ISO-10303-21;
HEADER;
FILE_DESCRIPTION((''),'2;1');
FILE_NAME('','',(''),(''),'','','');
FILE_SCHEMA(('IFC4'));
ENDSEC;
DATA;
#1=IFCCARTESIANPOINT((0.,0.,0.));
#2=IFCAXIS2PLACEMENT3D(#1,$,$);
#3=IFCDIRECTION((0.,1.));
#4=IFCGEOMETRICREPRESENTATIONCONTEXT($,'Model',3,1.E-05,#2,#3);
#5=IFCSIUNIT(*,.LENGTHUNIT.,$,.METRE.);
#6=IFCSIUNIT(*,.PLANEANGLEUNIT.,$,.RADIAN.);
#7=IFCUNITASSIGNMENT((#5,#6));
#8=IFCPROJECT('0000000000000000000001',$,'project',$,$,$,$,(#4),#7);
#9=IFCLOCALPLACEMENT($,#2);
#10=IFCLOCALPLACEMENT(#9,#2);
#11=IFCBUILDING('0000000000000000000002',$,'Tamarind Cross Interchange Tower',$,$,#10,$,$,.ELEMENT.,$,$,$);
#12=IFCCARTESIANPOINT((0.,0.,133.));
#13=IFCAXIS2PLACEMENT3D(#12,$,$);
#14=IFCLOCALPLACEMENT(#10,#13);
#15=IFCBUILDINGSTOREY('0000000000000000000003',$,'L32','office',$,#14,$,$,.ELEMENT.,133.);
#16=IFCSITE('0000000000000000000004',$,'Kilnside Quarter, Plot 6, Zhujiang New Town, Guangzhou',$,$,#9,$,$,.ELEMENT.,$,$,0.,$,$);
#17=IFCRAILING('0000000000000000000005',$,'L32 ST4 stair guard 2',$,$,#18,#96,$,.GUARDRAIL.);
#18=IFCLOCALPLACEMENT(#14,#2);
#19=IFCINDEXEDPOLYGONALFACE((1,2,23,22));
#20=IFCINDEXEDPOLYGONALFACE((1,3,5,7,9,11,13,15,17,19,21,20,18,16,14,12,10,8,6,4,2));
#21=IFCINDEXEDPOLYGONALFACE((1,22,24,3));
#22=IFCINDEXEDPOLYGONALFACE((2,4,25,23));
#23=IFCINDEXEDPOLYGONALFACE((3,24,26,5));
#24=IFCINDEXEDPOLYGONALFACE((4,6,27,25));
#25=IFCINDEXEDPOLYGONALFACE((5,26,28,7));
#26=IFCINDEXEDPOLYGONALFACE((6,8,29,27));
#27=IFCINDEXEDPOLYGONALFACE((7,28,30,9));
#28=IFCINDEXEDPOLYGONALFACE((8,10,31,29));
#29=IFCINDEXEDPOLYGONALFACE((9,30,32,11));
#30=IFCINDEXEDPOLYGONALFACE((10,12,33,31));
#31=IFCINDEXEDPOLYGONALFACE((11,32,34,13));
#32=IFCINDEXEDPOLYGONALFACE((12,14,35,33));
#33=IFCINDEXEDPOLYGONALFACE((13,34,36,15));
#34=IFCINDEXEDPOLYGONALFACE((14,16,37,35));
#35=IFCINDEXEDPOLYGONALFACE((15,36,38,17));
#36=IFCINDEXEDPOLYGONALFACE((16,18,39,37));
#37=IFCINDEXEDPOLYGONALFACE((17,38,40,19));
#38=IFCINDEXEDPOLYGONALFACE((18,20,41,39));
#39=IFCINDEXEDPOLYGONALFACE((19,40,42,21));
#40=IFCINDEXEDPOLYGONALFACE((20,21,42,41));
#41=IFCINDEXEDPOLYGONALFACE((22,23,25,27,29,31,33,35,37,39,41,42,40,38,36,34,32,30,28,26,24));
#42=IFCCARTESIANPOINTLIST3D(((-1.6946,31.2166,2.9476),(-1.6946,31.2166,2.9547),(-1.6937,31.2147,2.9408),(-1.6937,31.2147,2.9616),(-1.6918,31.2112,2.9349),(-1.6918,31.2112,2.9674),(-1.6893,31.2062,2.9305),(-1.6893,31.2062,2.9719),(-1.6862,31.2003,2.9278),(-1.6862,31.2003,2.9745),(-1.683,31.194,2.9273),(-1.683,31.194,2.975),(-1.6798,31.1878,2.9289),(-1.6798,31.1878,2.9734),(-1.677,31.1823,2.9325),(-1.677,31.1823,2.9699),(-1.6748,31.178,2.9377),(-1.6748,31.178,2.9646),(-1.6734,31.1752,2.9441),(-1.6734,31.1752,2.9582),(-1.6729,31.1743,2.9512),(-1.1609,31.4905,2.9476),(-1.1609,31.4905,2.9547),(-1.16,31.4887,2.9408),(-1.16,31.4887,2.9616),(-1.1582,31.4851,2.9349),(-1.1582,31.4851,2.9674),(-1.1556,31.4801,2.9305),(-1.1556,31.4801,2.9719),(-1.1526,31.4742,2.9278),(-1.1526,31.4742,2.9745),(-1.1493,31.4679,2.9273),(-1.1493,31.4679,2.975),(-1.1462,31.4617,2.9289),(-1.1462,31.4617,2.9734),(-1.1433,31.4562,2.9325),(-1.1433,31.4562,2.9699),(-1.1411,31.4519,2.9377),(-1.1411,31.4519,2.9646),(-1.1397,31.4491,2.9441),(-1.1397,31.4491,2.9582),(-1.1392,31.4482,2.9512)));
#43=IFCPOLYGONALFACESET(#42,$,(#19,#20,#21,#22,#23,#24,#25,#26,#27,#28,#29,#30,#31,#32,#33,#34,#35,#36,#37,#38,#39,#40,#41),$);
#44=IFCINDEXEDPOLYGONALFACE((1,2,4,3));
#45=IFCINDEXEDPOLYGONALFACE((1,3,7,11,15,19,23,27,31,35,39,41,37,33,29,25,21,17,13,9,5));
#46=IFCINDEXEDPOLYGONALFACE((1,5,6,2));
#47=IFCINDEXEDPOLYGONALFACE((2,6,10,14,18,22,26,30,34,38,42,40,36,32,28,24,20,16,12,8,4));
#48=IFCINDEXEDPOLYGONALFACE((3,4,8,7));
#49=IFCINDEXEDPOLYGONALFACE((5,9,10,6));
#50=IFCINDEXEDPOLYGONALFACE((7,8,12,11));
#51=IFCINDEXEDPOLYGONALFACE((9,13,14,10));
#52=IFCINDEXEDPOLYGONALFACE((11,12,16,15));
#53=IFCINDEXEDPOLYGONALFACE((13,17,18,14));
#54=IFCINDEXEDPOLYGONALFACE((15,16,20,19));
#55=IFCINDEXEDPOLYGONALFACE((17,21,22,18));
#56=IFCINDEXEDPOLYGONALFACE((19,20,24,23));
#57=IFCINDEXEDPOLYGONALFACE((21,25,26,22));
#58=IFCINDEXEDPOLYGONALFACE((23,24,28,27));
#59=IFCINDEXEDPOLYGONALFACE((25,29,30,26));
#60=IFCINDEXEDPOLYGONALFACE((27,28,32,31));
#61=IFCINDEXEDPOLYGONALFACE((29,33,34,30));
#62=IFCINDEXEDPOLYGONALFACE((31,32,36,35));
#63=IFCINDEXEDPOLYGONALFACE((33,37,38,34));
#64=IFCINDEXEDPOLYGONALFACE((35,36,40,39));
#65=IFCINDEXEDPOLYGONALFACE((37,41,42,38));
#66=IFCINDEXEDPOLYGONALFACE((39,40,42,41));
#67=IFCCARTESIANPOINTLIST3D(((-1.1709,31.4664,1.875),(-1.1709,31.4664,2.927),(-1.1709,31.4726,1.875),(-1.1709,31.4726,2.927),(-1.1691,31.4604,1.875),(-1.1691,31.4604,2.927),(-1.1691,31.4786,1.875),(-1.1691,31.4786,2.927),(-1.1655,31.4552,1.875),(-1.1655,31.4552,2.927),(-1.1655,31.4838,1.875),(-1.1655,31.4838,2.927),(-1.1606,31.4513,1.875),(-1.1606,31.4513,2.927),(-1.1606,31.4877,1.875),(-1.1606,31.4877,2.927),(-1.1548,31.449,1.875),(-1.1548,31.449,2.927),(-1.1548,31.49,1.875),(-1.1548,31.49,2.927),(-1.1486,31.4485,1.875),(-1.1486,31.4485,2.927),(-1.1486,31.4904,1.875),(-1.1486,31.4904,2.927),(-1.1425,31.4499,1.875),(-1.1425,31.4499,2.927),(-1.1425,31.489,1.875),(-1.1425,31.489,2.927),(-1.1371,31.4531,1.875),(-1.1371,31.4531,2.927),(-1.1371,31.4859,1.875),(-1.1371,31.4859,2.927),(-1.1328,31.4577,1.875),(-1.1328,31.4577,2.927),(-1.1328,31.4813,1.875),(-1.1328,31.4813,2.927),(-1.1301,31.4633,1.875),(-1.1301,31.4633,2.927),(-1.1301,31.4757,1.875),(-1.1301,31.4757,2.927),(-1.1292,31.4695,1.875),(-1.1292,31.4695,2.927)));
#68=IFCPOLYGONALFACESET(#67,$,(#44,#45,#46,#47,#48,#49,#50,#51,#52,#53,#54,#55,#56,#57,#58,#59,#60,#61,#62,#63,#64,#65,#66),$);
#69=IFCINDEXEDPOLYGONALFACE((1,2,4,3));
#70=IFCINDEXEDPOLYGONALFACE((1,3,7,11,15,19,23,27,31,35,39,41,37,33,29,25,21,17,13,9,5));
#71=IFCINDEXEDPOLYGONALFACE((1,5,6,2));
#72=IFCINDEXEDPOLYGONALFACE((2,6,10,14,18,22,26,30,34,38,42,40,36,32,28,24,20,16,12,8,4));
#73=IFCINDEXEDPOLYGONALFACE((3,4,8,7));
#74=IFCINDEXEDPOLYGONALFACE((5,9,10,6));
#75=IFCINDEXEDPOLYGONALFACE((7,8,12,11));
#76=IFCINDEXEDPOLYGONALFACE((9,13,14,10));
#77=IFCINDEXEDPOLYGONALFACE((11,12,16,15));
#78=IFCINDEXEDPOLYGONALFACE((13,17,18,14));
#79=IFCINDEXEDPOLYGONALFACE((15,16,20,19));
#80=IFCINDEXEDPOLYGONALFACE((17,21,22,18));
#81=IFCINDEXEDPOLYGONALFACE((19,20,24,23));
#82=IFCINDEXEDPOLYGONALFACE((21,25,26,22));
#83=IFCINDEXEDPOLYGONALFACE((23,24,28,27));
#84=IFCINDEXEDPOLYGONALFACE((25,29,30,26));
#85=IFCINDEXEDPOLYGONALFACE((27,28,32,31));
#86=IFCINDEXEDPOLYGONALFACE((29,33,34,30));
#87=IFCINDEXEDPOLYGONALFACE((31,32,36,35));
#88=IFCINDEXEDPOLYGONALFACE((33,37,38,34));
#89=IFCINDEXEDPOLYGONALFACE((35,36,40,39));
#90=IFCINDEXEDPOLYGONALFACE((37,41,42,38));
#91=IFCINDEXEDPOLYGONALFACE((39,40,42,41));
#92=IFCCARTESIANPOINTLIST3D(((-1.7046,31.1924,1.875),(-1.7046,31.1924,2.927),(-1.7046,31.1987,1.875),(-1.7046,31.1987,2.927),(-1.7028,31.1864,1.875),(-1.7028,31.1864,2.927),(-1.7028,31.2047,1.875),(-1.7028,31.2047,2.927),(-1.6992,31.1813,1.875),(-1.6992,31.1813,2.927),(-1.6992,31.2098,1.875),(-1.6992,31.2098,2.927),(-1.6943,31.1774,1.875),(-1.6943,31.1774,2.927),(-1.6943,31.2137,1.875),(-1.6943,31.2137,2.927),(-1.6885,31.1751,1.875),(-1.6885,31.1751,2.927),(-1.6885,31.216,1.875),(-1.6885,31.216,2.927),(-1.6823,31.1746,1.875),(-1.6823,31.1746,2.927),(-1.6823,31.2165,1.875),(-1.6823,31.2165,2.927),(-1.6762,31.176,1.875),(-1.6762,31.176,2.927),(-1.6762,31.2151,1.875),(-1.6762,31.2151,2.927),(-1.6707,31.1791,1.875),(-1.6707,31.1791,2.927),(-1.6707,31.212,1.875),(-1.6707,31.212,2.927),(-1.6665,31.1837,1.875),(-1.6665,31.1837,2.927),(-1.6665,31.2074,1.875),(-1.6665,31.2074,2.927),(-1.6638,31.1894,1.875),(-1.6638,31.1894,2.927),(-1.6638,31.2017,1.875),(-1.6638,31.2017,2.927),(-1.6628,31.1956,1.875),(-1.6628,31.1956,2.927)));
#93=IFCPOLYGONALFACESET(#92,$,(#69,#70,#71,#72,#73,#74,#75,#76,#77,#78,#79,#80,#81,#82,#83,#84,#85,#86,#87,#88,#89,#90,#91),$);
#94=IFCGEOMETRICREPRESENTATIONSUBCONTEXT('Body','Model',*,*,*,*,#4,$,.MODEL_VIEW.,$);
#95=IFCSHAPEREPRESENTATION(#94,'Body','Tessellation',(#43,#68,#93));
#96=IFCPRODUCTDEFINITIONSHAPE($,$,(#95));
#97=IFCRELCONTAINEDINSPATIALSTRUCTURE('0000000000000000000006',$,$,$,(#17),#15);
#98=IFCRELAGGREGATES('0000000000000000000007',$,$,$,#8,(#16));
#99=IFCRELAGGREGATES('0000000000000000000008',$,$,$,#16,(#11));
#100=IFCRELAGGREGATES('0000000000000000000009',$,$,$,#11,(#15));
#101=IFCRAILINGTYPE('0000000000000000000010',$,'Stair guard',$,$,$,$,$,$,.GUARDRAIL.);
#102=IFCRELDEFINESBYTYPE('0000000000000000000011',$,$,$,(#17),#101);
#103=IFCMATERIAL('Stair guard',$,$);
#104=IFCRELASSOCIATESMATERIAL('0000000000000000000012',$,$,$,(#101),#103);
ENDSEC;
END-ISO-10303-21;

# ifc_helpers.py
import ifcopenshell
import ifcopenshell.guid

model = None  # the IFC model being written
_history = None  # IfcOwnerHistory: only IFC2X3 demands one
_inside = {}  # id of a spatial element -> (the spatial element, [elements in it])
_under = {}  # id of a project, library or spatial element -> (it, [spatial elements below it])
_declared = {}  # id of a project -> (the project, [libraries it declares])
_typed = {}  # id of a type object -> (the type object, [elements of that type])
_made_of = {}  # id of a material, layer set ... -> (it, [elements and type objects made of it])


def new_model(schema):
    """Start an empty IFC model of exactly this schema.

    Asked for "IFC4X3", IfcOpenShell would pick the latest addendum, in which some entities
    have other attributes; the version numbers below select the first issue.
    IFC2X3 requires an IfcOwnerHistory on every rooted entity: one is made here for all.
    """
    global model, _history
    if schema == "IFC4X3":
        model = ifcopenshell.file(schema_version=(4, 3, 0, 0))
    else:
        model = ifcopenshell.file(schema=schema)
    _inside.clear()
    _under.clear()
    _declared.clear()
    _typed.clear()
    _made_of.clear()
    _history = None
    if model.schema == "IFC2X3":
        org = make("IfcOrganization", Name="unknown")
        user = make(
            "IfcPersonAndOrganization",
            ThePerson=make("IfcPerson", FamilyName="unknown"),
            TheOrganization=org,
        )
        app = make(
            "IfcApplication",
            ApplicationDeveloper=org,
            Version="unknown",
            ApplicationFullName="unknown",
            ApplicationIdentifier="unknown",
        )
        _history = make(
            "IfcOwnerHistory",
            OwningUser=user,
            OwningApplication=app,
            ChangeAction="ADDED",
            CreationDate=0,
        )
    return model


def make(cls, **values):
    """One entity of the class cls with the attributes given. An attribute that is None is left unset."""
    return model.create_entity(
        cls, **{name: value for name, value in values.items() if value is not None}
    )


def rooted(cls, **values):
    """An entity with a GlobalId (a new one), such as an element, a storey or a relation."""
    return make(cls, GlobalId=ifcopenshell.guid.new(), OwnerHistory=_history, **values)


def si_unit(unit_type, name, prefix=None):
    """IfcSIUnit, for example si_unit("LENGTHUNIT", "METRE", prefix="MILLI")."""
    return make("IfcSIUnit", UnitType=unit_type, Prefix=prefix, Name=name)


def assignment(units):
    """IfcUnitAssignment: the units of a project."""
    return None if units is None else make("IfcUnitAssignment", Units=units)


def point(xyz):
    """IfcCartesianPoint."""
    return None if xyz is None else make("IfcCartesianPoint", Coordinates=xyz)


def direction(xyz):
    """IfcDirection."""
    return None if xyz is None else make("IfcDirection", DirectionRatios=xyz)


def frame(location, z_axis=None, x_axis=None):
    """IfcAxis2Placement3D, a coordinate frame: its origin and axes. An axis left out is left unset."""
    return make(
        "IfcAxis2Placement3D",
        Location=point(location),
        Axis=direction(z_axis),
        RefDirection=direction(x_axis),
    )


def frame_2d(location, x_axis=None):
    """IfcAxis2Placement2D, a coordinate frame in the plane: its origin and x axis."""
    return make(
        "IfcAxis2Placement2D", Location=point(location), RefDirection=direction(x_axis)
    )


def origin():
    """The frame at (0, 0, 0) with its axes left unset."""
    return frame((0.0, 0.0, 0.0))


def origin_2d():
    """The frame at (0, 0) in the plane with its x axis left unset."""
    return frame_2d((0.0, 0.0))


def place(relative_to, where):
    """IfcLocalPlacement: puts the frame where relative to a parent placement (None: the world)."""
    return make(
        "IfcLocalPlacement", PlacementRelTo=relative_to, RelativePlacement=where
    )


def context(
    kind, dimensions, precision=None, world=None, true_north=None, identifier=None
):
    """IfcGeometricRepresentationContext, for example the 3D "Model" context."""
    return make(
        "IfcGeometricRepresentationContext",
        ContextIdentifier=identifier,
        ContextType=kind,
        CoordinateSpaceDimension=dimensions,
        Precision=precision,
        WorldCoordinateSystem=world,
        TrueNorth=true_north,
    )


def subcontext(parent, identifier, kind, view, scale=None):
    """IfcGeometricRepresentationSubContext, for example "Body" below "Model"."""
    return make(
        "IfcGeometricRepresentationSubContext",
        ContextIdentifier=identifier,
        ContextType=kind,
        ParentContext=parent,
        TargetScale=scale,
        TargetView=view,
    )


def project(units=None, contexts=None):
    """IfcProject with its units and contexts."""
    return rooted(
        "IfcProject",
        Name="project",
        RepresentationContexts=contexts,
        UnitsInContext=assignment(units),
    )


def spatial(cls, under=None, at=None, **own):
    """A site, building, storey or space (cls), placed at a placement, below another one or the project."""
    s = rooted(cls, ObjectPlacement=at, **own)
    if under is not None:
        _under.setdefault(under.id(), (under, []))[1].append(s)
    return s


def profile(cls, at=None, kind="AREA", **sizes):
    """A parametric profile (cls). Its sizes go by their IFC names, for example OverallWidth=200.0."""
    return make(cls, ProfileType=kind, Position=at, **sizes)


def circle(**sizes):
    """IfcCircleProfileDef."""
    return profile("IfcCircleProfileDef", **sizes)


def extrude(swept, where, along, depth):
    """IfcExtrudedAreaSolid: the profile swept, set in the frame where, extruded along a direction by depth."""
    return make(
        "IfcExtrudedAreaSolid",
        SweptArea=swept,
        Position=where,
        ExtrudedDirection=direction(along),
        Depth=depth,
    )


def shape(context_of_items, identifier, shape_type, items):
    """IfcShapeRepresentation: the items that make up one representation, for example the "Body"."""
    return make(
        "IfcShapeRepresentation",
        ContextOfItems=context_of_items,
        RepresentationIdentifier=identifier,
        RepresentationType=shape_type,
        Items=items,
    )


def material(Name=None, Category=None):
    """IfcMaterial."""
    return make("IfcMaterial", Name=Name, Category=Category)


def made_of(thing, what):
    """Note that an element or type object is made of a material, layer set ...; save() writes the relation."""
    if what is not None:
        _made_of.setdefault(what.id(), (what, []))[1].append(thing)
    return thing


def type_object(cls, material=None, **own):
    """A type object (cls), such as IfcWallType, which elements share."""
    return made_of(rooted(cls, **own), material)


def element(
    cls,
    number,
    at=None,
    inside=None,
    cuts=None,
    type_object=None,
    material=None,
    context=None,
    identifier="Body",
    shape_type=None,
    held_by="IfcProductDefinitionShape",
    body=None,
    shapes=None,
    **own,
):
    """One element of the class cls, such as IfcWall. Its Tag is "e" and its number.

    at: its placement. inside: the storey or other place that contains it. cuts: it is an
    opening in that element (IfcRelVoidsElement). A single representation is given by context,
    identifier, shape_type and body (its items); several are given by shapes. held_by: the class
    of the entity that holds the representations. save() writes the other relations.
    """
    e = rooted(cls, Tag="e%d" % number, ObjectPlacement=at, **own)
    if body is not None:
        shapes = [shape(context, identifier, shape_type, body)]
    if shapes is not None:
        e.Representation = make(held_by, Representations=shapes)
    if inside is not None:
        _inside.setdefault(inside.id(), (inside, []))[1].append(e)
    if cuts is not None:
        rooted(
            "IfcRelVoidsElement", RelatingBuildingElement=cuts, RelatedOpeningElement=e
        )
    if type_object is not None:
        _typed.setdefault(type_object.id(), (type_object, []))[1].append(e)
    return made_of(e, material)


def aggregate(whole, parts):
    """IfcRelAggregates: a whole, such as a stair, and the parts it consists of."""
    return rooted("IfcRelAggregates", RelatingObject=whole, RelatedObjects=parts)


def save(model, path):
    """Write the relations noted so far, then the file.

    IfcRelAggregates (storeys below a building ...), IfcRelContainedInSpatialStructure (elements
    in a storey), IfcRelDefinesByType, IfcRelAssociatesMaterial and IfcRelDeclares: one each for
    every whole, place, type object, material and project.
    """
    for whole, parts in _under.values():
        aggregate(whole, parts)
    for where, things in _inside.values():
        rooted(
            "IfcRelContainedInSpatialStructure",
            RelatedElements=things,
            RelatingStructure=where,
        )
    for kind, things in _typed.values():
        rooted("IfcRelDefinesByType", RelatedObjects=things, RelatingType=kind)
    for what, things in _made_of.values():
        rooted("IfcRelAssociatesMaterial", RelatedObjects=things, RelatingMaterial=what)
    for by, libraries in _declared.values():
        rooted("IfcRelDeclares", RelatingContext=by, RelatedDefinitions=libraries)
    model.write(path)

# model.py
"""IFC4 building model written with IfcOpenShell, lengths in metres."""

from ifc_helpers import new_model, si_unit, direction, frame, origin, origin_2d, place, context, subcontext, project, spatial, circle, extrude, material, type_object, element, save


model = new_model("IFC4")

# Units and contexts
model_context = context("Model", 3, precision=1e-05, world=origin(), true_north=direction((0.0, 1.0)))
body_context = subcontext(model_context, "Body", "Model", "MODEL_VIEW")
ifc_project = project(units=[si_unit("LENGTHUNIT", "METRE"), si_unit("PLANEANGLEUNIT", "RADIAN")], contexts=[model_context])

# Site, building, storey
site_placement = place(None, origin())
site = spatial("IfcSite", under=ifc_project, at=site_placement, Name="Kilnside Quarter, Plot 6, Zhujiang New Town, Guangzhou", CompositionType="ELEMENT", RefElevation=0.0)
building_placement = place(site_placement, origin())
building = spatial("IfcBuilding", under=site, at=building_placement, Name="Tamarind Cross Interchange Tower", CompositionType="ELEMENT")
storey_placement = place(building_placement, frame((0.0, 0.0, 133.0)))
storey = spatial("IfcBuildingStorey", under=building, at=storey_placement, Name="L32", Description="office", CompositionType="ELEMENT", Elevation=133.0)

# Railing
ifc_material_1 = material(Name="Stair guard")
railing_type_1 = type_object("IfcRailingType", Name="Stair guard", PredefinedType="GUARDRAIL", material=ifc_material_1)
railing_1_placement = place(storey_placement, frame((-1.1501, 31.4695, 1.875)))
element("IfcRailing", 1, at=railing_1_placement, inside=storey, type_object=railing_type_1, Name="L32 ST4 stair guard 2", PredefinedType="GUARDRAIL", context=body_context, shape_type="SweptSolid", body=[
    extrude(circle(Radius=0.0239, at=origin_2d()), frame((0.0, 0.0, 1.0762), z_axis=(-0.889656, -0.456631, 0.0), x_axis=(0.456631, -0.889656, 0.0)), (0.0, 0.0, 1.0), 0.5999),
    extrude(circle(Radius=0.021, at=origin_2d()), origin(), (0.0, 0.0, 1.0), 1.052),
    extrude(circle(Radius=0.021, at=origin_2d()), frame((-0.5337, -0.2739, 0.0)), (0.0, 0.0, 1.0), 1.052),
])

save(model, "model.ifc")
